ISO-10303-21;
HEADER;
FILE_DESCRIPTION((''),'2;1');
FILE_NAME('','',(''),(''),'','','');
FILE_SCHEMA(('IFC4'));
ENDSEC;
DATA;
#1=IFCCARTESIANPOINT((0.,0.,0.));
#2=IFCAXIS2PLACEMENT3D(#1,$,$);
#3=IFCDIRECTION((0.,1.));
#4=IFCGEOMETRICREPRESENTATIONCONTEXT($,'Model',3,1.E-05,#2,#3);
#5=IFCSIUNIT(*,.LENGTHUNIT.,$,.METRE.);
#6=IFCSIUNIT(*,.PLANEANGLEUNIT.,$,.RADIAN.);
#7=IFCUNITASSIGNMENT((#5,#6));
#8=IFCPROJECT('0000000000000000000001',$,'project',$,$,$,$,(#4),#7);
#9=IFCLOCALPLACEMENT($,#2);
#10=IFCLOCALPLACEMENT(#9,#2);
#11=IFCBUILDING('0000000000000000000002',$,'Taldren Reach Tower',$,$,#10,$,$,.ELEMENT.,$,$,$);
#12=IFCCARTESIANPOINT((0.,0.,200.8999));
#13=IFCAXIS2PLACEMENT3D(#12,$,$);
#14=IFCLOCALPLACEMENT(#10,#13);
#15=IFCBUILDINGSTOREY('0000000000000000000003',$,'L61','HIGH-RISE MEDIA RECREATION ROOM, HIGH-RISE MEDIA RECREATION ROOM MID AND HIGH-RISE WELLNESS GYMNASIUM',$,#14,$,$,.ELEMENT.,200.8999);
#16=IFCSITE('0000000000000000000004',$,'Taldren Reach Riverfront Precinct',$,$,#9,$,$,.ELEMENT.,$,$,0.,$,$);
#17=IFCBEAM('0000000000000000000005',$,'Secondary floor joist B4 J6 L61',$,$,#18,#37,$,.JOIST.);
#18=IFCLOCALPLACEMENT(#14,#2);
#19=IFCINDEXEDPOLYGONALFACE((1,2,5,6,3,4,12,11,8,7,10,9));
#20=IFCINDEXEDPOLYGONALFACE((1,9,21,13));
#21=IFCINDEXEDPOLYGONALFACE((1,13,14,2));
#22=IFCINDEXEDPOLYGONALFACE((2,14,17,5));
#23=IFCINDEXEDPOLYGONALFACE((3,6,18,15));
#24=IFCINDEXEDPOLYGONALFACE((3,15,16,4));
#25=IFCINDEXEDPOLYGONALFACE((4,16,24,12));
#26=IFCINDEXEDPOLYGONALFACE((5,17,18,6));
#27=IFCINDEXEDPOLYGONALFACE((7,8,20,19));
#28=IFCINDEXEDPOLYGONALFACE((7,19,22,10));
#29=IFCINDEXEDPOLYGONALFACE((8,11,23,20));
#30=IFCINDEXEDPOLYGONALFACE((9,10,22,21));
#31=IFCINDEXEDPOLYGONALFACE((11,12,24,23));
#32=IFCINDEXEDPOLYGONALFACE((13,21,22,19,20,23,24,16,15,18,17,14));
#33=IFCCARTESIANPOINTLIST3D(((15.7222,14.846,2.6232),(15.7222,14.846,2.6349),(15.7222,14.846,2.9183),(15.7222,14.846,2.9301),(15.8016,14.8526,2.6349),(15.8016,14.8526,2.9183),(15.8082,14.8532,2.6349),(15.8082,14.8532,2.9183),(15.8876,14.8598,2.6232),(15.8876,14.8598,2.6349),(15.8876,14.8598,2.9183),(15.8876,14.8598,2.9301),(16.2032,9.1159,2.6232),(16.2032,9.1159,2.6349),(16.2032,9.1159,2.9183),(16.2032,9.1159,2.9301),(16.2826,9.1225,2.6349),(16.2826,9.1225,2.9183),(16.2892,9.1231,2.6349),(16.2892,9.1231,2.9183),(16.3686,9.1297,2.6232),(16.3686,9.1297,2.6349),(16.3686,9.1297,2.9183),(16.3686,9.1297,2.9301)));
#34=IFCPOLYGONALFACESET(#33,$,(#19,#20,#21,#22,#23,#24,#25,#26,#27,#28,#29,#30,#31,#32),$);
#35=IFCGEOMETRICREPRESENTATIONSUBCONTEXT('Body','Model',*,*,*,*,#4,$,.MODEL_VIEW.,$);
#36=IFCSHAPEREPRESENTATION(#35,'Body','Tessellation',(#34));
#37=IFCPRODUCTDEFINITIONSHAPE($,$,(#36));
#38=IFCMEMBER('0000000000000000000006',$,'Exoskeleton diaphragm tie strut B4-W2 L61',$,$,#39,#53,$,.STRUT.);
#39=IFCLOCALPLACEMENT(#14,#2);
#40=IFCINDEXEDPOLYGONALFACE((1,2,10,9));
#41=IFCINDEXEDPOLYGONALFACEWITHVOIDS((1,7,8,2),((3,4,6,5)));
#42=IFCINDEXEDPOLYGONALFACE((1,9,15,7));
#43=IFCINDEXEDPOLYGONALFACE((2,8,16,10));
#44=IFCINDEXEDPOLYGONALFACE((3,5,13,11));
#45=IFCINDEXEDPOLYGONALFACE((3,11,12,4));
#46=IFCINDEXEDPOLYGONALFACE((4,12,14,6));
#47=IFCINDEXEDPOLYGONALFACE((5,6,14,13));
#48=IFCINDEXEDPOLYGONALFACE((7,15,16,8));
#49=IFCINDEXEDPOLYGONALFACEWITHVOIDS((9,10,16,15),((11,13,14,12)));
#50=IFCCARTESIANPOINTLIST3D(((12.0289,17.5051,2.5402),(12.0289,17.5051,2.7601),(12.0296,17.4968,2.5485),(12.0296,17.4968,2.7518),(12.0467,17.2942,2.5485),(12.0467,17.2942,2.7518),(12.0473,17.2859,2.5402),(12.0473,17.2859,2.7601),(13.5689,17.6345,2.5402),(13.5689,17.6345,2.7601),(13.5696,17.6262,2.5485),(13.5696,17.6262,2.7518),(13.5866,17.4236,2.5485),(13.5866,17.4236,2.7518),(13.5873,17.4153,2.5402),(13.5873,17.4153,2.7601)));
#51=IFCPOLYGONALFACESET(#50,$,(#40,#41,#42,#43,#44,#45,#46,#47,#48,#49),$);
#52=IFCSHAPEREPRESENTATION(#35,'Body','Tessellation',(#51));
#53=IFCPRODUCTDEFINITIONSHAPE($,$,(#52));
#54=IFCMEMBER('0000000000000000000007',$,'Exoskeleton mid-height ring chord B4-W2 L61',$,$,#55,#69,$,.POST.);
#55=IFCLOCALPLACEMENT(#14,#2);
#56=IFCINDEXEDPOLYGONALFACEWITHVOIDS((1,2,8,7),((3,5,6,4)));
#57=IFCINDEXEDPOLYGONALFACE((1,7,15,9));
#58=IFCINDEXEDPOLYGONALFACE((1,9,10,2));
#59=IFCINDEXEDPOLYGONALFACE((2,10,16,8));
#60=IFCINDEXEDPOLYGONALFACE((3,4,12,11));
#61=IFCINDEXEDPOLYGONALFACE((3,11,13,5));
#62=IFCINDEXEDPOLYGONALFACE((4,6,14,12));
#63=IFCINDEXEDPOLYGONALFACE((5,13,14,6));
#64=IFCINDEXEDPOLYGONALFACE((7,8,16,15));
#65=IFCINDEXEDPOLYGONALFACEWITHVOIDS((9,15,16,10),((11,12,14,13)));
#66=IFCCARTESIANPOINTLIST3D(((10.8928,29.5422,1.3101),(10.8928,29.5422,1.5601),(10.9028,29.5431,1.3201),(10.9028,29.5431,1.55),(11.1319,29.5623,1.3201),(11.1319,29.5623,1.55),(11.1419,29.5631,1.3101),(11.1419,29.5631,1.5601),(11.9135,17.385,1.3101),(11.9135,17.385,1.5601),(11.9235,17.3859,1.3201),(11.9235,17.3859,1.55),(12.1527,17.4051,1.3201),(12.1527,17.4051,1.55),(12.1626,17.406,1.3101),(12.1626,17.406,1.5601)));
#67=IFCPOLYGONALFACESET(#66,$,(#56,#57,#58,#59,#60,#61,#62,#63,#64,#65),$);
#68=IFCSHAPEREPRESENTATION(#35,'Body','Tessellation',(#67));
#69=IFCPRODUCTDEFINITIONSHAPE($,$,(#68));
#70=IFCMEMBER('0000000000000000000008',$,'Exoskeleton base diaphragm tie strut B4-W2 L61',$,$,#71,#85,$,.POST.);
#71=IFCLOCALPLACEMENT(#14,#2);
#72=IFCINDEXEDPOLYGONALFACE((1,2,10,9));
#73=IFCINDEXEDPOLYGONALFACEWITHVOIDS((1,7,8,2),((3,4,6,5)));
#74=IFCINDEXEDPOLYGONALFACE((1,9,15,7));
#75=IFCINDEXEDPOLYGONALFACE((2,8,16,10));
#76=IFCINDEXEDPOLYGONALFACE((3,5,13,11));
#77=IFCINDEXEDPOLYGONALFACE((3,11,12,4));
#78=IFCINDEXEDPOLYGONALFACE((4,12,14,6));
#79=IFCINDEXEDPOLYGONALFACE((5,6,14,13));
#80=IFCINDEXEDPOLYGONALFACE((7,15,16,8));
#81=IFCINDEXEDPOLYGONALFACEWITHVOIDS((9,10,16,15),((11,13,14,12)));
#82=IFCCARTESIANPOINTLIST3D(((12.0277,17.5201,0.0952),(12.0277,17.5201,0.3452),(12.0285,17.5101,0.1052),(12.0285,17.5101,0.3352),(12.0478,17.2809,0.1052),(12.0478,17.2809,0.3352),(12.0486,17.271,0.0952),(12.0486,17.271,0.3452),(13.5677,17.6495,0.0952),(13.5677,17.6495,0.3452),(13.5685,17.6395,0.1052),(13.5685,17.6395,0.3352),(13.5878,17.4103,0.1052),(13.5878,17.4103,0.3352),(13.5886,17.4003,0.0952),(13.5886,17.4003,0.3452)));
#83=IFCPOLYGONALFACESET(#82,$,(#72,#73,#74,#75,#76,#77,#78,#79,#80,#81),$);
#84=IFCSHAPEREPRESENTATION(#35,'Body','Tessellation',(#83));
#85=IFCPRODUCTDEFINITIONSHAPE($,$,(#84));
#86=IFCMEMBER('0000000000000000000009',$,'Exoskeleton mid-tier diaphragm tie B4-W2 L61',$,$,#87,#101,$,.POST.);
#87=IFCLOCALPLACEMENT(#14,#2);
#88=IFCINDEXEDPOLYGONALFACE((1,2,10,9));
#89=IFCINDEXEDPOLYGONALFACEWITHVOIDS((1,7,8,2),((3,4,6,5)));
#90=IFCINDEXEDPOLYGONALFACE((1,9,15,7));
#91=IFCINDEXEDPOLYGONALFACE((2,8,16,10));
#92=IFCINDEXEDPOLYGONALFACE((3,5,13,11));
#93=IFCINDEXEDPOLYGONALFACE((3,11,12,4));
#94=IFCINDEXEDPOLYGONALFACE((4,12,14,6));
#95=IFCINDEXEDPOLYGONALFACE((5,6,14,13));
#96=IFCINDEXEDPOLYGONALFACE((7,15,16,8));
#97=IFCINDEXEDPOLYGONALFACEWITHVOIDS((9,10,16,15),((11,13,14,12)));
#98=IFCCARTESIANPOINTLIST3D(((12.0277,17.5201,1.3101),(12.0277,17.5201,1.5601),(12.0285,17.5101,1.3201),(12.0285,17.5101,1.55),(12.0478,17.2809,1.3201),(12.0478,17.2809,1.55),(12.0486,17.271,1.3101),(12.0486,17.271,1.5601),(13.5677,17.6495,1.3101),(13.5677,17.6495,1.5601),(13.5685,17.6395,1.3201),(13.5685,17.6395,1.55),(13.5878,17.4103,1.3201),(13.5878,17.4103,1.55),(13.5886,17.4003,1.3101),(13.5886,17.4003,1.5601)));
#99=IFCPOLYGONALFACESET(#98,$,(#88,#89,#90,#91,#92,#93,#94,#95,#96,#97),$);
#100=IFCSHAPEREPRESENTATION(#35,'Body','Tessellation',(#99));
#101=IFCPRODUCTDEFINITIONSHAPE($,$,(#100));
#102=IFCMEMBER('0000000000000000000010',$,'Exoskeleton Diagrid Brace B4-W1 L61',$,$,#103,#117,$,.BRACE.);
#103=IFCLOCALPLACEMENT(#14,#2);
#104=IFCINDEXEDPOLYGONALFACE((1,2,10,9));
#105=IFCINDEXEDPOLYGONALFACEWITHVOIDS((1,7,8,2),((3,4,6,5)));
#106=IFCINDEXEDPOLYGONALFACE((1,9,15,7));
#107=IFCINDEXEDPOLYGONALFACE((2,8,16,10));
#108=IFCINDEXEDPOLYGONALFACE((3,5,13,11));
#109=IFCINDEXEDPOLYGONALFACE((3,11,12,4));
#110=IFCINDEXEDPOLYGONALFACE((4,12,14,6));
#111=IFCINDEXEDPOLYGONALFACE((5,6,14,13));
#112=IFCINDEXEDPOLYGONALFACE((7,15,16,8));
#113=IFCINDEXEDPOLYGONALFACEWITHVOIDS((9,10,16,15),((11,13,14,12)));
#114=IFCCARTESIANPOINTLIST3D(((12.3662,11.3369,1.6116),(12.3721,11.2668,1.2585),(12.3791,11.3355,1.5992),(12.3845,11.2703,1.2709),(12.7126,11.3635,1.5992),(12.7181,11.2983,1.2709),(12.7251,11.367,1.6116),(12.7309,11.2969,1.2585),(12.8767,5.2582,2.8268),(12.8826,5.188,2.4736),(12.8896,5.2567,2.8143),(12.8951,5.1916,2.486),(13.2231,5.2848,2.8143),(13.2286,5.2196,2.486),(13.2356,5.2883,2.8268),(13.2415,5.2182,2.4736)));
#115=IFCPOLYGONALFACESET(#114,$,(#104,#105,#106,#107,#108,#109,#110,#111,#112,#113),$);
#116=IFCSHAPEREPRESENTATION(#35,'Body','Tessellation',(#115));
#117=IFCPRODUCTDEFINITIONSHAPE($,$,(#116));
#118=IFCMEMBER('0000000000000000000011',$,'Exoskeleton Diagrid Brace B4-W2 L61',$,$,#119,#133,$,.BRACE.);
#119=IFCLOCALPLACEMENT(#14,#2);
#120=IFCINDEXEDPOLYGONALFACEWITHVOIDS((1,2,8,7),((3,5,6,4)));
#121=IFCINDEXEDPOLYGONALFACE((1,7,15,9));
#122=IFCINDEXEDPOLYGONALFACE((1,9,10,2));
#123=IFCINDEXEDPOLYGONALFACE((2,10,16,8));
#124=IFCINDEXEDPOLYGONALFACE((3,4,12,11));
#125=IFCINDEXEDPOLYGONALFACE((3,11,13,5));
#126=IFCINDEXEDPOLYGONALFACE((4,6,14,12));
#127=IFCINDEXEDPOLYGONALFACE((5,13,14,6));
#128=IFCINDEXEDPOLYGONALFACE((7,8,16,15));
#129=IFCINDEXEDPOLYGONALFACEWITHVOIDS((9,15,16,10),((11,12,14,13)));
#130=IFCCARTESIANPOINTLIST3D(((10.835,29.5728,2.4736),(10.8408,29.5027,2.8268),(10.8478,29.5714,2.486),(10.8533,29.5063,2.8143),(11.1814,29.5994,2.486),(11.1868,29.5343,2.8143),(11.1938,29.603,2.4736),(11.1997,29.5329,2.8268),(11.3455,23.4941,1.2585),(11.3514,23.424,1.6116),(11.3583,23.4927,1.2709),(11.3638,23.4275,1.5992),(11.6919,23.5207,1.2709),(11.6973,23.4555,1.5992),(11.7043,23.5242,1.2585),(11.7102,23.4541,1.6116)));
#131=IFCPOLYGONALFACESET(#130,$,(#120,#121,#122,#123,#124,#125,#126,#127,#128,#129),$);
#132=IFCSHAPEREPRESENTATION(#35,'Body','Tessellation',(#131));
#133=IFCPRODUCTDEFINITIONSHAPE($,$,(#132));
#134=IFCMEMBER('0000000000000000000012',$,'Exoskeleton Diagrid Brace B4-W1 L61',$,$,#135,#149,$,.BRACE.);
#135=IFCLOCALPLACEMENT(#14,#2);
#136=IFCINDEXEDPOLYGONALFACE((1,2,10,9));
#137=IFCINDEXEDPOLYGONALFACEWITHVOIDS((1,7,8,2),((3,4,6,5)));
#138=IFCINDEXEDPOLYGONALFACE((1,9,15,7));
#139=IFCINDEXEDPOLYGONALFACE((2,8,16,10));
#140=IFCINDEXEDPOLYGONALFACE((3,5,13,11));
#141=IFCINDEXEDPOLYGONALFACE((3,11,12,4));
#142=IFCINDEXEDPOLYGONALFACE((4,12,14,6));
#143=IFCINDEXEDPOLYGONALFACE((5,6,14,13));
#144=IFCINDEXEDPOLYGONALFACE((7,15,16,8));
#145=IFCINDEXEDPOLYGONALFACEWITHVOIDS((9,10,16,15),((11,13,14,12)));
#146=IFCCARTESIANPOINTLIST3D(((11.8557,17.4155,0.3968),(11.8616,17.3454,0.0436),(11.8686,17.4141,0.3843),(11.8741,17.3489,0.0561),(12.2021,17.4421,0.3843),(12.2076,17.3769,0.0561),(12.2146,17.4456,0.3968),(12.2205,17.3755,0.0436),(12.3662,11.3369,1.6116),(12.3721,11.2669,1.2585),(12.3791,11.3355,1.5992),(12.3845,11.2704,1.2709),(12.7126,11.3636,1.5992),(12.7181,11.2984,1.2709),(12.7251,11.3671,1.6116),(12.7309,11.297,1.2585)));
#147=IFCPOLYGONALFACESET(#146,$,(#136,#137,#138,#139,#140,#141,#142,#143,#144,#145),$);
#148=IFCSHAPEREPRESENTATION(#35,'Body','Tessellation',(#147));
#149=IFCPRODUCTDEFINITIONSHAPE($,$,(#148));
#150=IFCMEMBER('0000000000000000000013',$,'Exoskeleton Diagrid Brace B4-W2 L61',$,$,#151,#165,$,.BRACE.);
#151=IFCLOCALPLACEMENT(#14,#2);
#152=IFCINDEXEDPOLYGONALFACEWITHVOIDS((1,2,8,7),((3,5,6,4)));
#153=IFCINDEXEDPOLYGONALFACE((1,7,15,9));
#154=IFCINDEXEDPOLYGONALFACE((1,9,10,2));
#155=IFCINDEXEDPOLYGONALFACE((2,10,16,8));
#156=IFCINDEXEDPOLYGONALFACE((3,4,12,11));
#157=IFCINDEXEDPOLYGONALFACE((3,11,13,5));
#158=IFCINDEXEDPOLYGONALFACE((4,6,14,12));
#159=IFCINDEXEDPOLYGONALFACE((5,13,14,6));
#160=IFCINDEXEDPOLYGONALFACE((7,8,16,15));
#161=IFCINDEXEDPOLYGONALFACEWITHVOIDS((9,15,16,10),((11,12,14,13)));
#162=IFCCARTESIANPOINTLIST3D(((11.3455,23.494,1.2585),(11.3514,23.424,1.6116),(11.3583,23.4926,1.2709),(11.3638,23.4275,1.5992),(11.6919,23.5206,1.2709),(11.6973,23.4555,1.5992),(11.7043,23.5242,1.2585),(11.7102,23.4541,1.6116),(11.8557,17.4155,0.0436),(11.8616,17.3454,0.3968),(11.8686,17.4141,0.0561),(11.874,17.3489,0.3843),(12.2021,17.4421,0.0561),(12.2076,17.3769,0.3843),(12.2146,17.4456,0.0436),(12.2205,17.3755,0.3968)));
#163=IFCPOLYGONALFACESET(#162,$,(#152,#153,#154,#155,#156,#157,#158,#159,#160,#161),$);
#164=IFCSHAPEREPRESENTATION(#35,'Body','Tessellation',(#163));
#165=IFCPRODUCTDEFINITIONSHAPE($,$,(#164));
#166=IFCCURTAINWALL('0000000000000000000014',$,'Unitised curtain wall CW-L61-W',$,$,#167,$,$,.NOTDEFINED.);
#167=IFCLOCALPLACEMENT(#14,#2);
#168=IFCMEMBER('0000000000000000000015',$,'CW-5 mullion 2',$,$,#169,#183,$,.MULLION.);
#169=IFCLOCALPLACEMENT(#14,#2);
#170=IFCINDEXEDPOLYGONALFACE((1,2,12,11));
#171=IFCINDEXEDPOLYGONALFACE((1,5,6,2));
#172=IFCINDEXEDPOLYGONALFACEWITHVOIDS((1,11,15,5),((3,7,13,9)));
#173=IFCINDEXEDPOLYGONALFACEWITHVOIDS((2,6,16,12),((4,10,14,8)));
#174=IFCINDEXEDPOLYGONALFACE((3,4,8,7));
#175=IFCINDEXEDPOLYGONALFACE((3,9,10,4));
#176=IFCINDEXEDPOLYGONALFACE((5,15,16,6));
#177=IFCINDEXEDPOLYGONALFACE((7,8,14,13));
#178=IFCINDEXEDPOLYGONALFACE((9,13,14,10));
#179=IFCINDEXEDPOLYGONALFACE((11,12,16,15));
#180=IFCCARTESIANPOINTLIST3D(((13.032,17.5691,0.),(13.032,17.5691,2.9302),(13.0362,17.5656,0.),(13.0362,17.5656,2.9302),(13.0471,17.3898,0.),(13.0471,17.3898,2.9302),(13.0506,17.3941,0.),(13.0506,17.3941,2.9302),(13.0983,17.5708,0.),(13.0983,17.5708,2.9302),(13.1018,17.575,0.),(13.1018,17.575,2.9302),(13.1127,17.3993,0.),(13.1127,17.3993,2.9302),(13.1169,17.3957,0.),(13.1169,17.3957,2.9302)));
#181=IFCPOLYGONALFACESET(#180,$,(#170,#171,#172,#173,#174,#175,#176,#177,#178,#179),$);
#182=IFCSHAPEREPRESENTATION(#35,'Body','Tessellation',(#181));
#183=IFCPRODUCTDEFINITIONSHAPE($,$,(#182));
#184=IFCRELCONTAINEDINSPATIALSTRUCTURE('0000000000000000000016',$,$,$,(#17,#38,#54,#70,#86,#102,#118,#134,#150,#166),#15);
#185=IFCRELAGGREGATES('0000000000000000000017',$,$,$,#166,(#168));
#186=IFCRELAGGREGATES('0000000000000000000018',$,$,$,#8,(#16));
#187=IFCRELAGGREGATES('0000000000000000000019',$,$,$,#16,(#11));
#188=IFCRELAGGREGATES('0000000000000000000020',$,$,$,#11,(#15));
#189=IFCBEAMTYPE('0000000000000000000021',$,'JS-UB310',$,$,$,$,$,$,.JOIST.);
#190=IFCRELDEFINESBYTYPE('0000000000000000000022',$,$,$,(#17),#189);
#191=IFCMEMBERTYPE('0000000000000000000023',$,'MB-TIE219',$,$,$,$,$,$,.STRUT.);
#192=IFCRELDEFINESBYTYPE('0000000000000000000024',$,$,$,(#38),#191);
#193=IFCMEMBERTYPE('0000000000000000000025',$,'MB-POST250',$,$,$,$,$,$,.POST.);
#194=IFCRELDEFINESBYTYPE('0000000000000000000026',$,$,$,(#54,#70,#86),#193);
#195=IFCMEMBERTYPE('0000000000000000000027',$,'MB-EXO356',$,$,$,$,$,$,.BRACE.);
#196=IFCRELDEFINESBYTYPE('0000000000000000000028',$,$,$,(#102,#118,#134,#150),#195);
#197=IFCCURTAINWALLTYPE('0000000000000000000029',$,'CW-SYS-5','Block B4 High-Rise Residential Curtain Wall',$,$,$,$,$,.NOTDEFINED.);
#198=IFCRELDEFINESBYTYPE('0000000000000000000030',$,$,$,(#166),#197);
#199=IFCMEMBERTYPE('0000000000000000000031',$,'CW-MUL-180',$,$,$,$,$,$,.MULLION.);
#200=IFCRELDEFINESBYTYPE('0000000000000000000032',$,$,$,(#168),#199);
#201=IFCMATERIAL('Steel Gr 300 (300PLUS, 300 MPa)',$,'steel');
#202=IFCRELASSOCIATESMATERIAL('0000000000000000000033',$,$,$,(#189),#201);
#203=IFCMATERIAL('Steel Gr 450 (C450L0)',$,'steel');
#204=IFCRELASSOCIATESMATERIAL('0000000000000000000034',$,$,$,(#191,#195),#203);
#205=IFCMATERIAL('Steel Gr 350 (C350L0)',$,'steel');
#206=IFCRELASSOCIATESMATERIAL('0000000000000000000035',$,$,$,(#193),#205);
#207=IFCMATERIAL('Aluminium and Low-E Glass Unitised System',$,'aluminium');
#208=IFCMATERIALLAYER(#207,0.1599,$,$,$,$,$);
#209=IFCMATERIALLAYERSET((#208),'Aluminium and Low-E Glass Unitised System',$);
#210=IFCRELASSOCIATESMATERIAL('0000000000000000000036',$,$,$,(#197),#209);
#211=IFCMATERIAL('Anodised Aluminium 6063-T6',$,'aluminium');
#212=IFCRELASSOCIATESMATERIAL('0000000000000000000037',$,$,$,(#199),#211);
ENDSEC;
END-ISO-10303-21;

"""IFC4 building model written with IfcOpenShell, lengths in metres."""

from ifc_helpers import new_model, si_unit, direction, frame, origin, origin_2d, place, context, subcontext, project, spatial, hollow_rectangle, i_section, extrude, source, transform, mapped, material, layer, layer_set, material_profile, profile_set, type_object, element, aggregate, save


model = new_model("IFC4")

# Units and contexts
model_context = context("Model", 3, precision=1e-05, world=origin(), true_north=direction((0.0, 1.0)))
body_context = subcontext(model_context, "Body", "Model", "MODEL_VIEW")
ifc_project = project(units=[si_unit("LENGTHUNIT", "METRE"), si_unit("PLANEANGLEUNIT", "RADIAN")], contexts=[model_context])

# Site, building, storey
site_placement = place(None, origin())
site = spatial("IfcSite", under=ifc_project, at=site_placement, Name="Taldren Reach Riverfront Precinct", CompositionType="ELEMENT", RefElevation=0.0)
building_placement = place(site_placement, origin())
building = spatial("IfcBuilding", under=site, at=building_placement, Name="Taldren Reach Tower", CompositionType="ELEMENT")
storey_placement = place(building_placement, frame((0.0, 0.0, 200.8999)))
storey = spatial("IfcBuildingStorey", under=building, at=storey_placement, Name="L61", Description="HIGH-RISE MEDIA RECREATION ROOM, HIGH-RISE MEDIA RECREATION ROOM MID AND HIGH-RISE WELLNESS GYMNASIUM", CompositionType="ELEMENT", Elevation=200.8999)

# Shared definitions
ifc_material_1 = material(Name="Steel Gr 450 (C450L0)", Category="steel")

# Beam
ifc_material_2 = material(Name="Steel Gr 300 (300PLUS, 300 MPa)", Category="steel")
ifc_material_profile_1 = material_profile(ifc_material_2, i_section(OverallWidth=0.166, OverallDepth=0.3069, WebThickness=0.0066, FlangeThickness=0.0117, at=origin_2d()), Name="310UB46.2")
ifc_profile_set_1 = profile_set([ifc_material_profile_1], Name="Steel Gr 300 (300PLUS, 300 MPa)")
beam_type_1 = type_object("IfcBeamType", Name="JS-UB310", PredefinedType="JOIST", material=ifc_profile_set_1)
shared_shape_1 = source(origin(), body_context, "Body", "SweptSolid", [
    extrude(i_section(OverallWidth=0.166, OverallDepth=0.3069, WebThickness=0.0066, FlangeThickness=0.0117, at=origin_2d()), origin(), (0.0, 0.0, 1.0), 5.7502),
])
beam_1_placement = place(storey_placement, frame((16.2859, 9.1228, 2.7766), z_axis=(-0.083643, 0.996496, 0.0), x_axis=(-0.996496, -0.083643, 0.0)))
element("IfcBeam", 1, at=beam_1_placement, inside=storey, type_object=beam_type_1, Name="Secondary floor joist B4 J6 L61", PredefinedType="JOIST", context=body_context, shape_type="MappedRepresentation", body=[
    mapped(shared_shape_1, transform((0.0, 0.0, 0.0), scale=1.0)),
])

# Members
ifc_material_profile_2 = material_profile(ifc_material_1, hollow_rectangle(XDim=0.22, YDim=0.22, WallThickness=0.0083, at=origin_2d()), Name="220x220x8.2SHS")
ifc_profile_set_2 = profile_set([ifc_material_profile_2], Name="Steel Gr 450 (C450L0)")
member_type_1 = type_object("IfcMemberType", Name="MB-TIE219", PredefinedType="STRUT", material=ifc_profile_set_2)
shared_shape_2 = source(origin(), body_context, "Body", "SweptSolid", [
    extrude(hollow_rectangle(XDim=0.22, YDim=0.22, WallThickness=0.0083, at=origin_2d()), origin(), (0.0, 0.0, 1.0), 1.5454),
])
member_1_placement = place(storey_placement, frame((13.5781, 17.5249, 2.6501), z_axis=(-0.996489, -0.083725, 0.0), x_axis=(0.083725, -0.996489, 0.0)))
element("IfcMember", 2, at=member_1_placement, inside=storey, type_object=member_type_1, Name="Exoskeleton diaphragm tie strut B4-W2 L61", PredefinedType="STRUT", context=body_context, shape_type="MappedRepresentation", body=[
    mapped(shared_shape_2, transform((0.0, 0.0, 0.0), scale=1.0)),
])
ifc_material_3 = material(Name="Steel Gr 350 (C350L0)", Category="steel")
ifc_material_profile_3 = material_profile(ifc_material_3, hollow_rectangle(XDim=0.25, YDim=0.25, WallThickness=0.01, at=origin_2d()), Name="250x250x10.0SHS")
ifc_profile_set_3 = profile_set([ifc_material_profile_3], Name="Steel Gr 350 (C350L0)")
member_type_2 = type_object("IfcMemberType", Name="MB-POST250", PredefinedType="POST", material=ifc_profile_set_3)
shared_shape_3 = source(origin(), body_context, "Body", "SweptSolid", [
    extrude(hollow_rectangle(XDim=0.25, YDim=0.25, WallThickness=0.01, at=origin_2d()), origin(), (0.0, 0.0, 1.0), 12.2),
])
member_2_placement = place(storey_placement, frame((12.0381, 17.3955, 1.4351), z_axis=(-0.083668, 0.996494, 0.0), x_axis=(-0.996494, -0.083668, 0.0)))
element("IfcMember", 3, at=member_2_placement, inside=storey, type_object=member_type_2, Name="Exoskeleton mid-height ring chord B4-W2 L61", PredefinedType="POST", context=body_context, shape_type="MappedRepresentation", body=[
    mapped(shared_shape_3, transform((0.0, 0.0, 0.0), scale=1.0)),
])
shared_shape_4 = source(origin(), body_context, "Body", "SweptSolid", [
    extrude(hollow_rectangle(XDim=0.25, YDim=0.25, WallThickness=0.01, at=origin_2d()), origin(), (0.0, 0.0, 1.0), 1.5454),
])
for number, where, z_axis, x_axis, name in (
    (4, (13.5781, 17.5249, 0.2202), (-0.996489, -0.083725, 0.0), (0.083725, -0.996489, 0.0), "Exoskeleton base diaphragm tie strut B4-W2 L61"),
    (5, (13.5781, 17.5249, 1.4351), (-0.996489, -0.083725, 0.0), (0.083725, -0.996489, 0.0), "Exoskeleton mid-tier diaphragm tie B4-W2 L61"),
):
    element("IfcMember", number, at=place(storey_placement, frame(where, z_axis=z_axis, x_axis=x_axis)), inside=storey, type_object=member_type_2, Name=name, PredefinedType="POST", context=body_context, shape_type="MappedRepresentation", body=[
        mapped(shared_shape_4, transform((0.0, 0.0, 0.0), scale=1.0)),
    ])
ifc_material_profile_4 = material_profile(ifc_material_1, hollow_rectangle(XDim=0.3601, YDim=0.3601, WallThickness=0.0127, at=origin_2d()), Name="360x360x12.7SHS")
ifc_profile_set_4 = profile_set([ifc_material_profile_4], Name="Steel Gr 450 (C450L0)")
member_type_3 = type_object("IfcMemberType", Name="MB-EXO356", PredefinedType="BRACE", material=ifc_profile_set_4)
shared_shape_5 = source(origin(), body_context, "Body", "SweptSolid", [
    extrude(hollow_rectangle(XDim=0.3601, YDim=0.3601, WallThickness=0.0127, at=origin_2d()), origin(), (0.0, 0.0, 1.0), 6.22),
])
for number, where, z_axis, x_axis, name in (
    (6, (12.5486, 11.3169, 1.4351), (0.082076, -0.977292, 0.195356), (0.996492, 0.083688, 0.0), "Exoskeleton Diagrid Brace B4-W1 L61"),
    (7, (11.5278, 23.4741, 1.4351), (-0.082076, 0.977292, 0.195356), (-0.996492, -0.083688, 0.0), "Exoskeleton Diagrid Brace B4-W2 L61"),
):
    element("IfcMember", number, at=place(storey_placement, frame(where, z_axis=z_axis, x_axis=x_axis)), inside=storey, type_object=member_type_3, Name=name, PredefinedType="BRACE", context=body_context, shape_type="MappedRepresentation", body=[
        mapped(shared_shape_5, transform((0.0, 0.0, 0.0), scale=1.0)),
    ])
shared_shape_6 = source(origin(), body_context, "Body", "SweptSolid", [
    extrude(hollow_rectangle(XDim=0.3601, YDim=0.3601, WallThickness=0.0127, at=origin_2d()), origin(), (0.0, 0.0, 1.0), 6.2197),
])
for number, where, z_axis, x_axis, name in (
    (8, (12.0381, 17.3955, 0.2202), (0.082076, -0.977299, 0.195319), (0.996492, 0.083688, 0.0), "Exoskeleton Diagrid Brace B4-W1 L61"),
    (9, (12.0381, 17.3955, 0.2202), (-0.082037, 0.977303, 0.195319), (-0.996495, -0.083648, 0.0), "Exoskeleton Diagrid Brace B4-W2 L61"),
):
    element("IfcMember", number, at=place(storey_placement, frame(where, z_axis=z_axis, x_axis=x_axis)), inside=storey, type_object=member_type_3, Name=name, PredefinedType="BRACE", context=body_context, shape_type="MappedRepresentation", body=[
        mapped(shared_shape_6, transform((0.0, 0.0, 0.0), scale=1.0)),
    ])

# Curtain wall, member
ifc_material_4 = material(Name="Aluminium and Low-E Glass Unitised System", Category="aluminium")
ifc_layer_1 = layer(ifc_material_4, 0.1599)
ifc_layer_set_1 = layer_set([ifc_layer_1], Name="Aluminium and Low-E Glass Unitised System")
curtain_wall_type = type_object("IfcCurtainWallType", Name="CW-SYS-5", Description="Block B4 High-Rise Residential Curtain Wall", PredefinedType="NOTDEFINED", material=ifc_layer_set_1)
curtain_wall_placement = place(storey_placement, origin())
curtain_wall = element("IfcCurtainWall", 10, at=curtain_wall_placement, inside=storey, type_object=curtain_wall_type, Name="Unitised curtain wall CW-L61-W", PredefinedType="NOTDEFINED")
ifc_material_5 = material(Name="Anodised Aluminium 6063-T6", Category="aluminium")
ifc_material_profile_5 = material_profile(ifc_material_5, hollow_rectangle(XDim=0.0701, YDim=0.1799, WallThickness=0.0039, at=origin_2d()), Name="ALU-180x70x4RHS")
ifc_profile_set_5 = profile_set([ifc_material_profile_5], Name="Anodised Aluminium 6063-T6")
member_type_4 = type_object("IfcMemberType", Name="CW-MUL-180", PredefinedType="MULLION", material=ifc_profile_set_5)
shared_shape_7 = source(origin(), body_context, "Body", "SweptSolid", [
    extrude(hollow_rectangle(XDim=0.0701, YDim=0.1799, WallThickness=0.0039, at=origin_2d()), origin(), (0.0, 0.0, 1.0), 2.9302),
])
member_3_placement = place(storey_placement, frame((13.0745, 17.4824, 0.0), z_axis=(0.0, 0.0, 1.0), x_axis=(0.996493, 0.083678, 0.0)))
member_3 = element("IfcMember", 11, at=member_3_placement, type_object=member_type_4, Name="CW-5 mullion 2", PredefinedType="MULLION", context=body_context, shape_type="MappedRepresentation", body=[
    mapped(shared_shape_7, transform((0.0, 0.0, 0.0), scale=1.0)),
])

aggregate(curtain_wall, [member_3])

save(model, "model.ifc")
